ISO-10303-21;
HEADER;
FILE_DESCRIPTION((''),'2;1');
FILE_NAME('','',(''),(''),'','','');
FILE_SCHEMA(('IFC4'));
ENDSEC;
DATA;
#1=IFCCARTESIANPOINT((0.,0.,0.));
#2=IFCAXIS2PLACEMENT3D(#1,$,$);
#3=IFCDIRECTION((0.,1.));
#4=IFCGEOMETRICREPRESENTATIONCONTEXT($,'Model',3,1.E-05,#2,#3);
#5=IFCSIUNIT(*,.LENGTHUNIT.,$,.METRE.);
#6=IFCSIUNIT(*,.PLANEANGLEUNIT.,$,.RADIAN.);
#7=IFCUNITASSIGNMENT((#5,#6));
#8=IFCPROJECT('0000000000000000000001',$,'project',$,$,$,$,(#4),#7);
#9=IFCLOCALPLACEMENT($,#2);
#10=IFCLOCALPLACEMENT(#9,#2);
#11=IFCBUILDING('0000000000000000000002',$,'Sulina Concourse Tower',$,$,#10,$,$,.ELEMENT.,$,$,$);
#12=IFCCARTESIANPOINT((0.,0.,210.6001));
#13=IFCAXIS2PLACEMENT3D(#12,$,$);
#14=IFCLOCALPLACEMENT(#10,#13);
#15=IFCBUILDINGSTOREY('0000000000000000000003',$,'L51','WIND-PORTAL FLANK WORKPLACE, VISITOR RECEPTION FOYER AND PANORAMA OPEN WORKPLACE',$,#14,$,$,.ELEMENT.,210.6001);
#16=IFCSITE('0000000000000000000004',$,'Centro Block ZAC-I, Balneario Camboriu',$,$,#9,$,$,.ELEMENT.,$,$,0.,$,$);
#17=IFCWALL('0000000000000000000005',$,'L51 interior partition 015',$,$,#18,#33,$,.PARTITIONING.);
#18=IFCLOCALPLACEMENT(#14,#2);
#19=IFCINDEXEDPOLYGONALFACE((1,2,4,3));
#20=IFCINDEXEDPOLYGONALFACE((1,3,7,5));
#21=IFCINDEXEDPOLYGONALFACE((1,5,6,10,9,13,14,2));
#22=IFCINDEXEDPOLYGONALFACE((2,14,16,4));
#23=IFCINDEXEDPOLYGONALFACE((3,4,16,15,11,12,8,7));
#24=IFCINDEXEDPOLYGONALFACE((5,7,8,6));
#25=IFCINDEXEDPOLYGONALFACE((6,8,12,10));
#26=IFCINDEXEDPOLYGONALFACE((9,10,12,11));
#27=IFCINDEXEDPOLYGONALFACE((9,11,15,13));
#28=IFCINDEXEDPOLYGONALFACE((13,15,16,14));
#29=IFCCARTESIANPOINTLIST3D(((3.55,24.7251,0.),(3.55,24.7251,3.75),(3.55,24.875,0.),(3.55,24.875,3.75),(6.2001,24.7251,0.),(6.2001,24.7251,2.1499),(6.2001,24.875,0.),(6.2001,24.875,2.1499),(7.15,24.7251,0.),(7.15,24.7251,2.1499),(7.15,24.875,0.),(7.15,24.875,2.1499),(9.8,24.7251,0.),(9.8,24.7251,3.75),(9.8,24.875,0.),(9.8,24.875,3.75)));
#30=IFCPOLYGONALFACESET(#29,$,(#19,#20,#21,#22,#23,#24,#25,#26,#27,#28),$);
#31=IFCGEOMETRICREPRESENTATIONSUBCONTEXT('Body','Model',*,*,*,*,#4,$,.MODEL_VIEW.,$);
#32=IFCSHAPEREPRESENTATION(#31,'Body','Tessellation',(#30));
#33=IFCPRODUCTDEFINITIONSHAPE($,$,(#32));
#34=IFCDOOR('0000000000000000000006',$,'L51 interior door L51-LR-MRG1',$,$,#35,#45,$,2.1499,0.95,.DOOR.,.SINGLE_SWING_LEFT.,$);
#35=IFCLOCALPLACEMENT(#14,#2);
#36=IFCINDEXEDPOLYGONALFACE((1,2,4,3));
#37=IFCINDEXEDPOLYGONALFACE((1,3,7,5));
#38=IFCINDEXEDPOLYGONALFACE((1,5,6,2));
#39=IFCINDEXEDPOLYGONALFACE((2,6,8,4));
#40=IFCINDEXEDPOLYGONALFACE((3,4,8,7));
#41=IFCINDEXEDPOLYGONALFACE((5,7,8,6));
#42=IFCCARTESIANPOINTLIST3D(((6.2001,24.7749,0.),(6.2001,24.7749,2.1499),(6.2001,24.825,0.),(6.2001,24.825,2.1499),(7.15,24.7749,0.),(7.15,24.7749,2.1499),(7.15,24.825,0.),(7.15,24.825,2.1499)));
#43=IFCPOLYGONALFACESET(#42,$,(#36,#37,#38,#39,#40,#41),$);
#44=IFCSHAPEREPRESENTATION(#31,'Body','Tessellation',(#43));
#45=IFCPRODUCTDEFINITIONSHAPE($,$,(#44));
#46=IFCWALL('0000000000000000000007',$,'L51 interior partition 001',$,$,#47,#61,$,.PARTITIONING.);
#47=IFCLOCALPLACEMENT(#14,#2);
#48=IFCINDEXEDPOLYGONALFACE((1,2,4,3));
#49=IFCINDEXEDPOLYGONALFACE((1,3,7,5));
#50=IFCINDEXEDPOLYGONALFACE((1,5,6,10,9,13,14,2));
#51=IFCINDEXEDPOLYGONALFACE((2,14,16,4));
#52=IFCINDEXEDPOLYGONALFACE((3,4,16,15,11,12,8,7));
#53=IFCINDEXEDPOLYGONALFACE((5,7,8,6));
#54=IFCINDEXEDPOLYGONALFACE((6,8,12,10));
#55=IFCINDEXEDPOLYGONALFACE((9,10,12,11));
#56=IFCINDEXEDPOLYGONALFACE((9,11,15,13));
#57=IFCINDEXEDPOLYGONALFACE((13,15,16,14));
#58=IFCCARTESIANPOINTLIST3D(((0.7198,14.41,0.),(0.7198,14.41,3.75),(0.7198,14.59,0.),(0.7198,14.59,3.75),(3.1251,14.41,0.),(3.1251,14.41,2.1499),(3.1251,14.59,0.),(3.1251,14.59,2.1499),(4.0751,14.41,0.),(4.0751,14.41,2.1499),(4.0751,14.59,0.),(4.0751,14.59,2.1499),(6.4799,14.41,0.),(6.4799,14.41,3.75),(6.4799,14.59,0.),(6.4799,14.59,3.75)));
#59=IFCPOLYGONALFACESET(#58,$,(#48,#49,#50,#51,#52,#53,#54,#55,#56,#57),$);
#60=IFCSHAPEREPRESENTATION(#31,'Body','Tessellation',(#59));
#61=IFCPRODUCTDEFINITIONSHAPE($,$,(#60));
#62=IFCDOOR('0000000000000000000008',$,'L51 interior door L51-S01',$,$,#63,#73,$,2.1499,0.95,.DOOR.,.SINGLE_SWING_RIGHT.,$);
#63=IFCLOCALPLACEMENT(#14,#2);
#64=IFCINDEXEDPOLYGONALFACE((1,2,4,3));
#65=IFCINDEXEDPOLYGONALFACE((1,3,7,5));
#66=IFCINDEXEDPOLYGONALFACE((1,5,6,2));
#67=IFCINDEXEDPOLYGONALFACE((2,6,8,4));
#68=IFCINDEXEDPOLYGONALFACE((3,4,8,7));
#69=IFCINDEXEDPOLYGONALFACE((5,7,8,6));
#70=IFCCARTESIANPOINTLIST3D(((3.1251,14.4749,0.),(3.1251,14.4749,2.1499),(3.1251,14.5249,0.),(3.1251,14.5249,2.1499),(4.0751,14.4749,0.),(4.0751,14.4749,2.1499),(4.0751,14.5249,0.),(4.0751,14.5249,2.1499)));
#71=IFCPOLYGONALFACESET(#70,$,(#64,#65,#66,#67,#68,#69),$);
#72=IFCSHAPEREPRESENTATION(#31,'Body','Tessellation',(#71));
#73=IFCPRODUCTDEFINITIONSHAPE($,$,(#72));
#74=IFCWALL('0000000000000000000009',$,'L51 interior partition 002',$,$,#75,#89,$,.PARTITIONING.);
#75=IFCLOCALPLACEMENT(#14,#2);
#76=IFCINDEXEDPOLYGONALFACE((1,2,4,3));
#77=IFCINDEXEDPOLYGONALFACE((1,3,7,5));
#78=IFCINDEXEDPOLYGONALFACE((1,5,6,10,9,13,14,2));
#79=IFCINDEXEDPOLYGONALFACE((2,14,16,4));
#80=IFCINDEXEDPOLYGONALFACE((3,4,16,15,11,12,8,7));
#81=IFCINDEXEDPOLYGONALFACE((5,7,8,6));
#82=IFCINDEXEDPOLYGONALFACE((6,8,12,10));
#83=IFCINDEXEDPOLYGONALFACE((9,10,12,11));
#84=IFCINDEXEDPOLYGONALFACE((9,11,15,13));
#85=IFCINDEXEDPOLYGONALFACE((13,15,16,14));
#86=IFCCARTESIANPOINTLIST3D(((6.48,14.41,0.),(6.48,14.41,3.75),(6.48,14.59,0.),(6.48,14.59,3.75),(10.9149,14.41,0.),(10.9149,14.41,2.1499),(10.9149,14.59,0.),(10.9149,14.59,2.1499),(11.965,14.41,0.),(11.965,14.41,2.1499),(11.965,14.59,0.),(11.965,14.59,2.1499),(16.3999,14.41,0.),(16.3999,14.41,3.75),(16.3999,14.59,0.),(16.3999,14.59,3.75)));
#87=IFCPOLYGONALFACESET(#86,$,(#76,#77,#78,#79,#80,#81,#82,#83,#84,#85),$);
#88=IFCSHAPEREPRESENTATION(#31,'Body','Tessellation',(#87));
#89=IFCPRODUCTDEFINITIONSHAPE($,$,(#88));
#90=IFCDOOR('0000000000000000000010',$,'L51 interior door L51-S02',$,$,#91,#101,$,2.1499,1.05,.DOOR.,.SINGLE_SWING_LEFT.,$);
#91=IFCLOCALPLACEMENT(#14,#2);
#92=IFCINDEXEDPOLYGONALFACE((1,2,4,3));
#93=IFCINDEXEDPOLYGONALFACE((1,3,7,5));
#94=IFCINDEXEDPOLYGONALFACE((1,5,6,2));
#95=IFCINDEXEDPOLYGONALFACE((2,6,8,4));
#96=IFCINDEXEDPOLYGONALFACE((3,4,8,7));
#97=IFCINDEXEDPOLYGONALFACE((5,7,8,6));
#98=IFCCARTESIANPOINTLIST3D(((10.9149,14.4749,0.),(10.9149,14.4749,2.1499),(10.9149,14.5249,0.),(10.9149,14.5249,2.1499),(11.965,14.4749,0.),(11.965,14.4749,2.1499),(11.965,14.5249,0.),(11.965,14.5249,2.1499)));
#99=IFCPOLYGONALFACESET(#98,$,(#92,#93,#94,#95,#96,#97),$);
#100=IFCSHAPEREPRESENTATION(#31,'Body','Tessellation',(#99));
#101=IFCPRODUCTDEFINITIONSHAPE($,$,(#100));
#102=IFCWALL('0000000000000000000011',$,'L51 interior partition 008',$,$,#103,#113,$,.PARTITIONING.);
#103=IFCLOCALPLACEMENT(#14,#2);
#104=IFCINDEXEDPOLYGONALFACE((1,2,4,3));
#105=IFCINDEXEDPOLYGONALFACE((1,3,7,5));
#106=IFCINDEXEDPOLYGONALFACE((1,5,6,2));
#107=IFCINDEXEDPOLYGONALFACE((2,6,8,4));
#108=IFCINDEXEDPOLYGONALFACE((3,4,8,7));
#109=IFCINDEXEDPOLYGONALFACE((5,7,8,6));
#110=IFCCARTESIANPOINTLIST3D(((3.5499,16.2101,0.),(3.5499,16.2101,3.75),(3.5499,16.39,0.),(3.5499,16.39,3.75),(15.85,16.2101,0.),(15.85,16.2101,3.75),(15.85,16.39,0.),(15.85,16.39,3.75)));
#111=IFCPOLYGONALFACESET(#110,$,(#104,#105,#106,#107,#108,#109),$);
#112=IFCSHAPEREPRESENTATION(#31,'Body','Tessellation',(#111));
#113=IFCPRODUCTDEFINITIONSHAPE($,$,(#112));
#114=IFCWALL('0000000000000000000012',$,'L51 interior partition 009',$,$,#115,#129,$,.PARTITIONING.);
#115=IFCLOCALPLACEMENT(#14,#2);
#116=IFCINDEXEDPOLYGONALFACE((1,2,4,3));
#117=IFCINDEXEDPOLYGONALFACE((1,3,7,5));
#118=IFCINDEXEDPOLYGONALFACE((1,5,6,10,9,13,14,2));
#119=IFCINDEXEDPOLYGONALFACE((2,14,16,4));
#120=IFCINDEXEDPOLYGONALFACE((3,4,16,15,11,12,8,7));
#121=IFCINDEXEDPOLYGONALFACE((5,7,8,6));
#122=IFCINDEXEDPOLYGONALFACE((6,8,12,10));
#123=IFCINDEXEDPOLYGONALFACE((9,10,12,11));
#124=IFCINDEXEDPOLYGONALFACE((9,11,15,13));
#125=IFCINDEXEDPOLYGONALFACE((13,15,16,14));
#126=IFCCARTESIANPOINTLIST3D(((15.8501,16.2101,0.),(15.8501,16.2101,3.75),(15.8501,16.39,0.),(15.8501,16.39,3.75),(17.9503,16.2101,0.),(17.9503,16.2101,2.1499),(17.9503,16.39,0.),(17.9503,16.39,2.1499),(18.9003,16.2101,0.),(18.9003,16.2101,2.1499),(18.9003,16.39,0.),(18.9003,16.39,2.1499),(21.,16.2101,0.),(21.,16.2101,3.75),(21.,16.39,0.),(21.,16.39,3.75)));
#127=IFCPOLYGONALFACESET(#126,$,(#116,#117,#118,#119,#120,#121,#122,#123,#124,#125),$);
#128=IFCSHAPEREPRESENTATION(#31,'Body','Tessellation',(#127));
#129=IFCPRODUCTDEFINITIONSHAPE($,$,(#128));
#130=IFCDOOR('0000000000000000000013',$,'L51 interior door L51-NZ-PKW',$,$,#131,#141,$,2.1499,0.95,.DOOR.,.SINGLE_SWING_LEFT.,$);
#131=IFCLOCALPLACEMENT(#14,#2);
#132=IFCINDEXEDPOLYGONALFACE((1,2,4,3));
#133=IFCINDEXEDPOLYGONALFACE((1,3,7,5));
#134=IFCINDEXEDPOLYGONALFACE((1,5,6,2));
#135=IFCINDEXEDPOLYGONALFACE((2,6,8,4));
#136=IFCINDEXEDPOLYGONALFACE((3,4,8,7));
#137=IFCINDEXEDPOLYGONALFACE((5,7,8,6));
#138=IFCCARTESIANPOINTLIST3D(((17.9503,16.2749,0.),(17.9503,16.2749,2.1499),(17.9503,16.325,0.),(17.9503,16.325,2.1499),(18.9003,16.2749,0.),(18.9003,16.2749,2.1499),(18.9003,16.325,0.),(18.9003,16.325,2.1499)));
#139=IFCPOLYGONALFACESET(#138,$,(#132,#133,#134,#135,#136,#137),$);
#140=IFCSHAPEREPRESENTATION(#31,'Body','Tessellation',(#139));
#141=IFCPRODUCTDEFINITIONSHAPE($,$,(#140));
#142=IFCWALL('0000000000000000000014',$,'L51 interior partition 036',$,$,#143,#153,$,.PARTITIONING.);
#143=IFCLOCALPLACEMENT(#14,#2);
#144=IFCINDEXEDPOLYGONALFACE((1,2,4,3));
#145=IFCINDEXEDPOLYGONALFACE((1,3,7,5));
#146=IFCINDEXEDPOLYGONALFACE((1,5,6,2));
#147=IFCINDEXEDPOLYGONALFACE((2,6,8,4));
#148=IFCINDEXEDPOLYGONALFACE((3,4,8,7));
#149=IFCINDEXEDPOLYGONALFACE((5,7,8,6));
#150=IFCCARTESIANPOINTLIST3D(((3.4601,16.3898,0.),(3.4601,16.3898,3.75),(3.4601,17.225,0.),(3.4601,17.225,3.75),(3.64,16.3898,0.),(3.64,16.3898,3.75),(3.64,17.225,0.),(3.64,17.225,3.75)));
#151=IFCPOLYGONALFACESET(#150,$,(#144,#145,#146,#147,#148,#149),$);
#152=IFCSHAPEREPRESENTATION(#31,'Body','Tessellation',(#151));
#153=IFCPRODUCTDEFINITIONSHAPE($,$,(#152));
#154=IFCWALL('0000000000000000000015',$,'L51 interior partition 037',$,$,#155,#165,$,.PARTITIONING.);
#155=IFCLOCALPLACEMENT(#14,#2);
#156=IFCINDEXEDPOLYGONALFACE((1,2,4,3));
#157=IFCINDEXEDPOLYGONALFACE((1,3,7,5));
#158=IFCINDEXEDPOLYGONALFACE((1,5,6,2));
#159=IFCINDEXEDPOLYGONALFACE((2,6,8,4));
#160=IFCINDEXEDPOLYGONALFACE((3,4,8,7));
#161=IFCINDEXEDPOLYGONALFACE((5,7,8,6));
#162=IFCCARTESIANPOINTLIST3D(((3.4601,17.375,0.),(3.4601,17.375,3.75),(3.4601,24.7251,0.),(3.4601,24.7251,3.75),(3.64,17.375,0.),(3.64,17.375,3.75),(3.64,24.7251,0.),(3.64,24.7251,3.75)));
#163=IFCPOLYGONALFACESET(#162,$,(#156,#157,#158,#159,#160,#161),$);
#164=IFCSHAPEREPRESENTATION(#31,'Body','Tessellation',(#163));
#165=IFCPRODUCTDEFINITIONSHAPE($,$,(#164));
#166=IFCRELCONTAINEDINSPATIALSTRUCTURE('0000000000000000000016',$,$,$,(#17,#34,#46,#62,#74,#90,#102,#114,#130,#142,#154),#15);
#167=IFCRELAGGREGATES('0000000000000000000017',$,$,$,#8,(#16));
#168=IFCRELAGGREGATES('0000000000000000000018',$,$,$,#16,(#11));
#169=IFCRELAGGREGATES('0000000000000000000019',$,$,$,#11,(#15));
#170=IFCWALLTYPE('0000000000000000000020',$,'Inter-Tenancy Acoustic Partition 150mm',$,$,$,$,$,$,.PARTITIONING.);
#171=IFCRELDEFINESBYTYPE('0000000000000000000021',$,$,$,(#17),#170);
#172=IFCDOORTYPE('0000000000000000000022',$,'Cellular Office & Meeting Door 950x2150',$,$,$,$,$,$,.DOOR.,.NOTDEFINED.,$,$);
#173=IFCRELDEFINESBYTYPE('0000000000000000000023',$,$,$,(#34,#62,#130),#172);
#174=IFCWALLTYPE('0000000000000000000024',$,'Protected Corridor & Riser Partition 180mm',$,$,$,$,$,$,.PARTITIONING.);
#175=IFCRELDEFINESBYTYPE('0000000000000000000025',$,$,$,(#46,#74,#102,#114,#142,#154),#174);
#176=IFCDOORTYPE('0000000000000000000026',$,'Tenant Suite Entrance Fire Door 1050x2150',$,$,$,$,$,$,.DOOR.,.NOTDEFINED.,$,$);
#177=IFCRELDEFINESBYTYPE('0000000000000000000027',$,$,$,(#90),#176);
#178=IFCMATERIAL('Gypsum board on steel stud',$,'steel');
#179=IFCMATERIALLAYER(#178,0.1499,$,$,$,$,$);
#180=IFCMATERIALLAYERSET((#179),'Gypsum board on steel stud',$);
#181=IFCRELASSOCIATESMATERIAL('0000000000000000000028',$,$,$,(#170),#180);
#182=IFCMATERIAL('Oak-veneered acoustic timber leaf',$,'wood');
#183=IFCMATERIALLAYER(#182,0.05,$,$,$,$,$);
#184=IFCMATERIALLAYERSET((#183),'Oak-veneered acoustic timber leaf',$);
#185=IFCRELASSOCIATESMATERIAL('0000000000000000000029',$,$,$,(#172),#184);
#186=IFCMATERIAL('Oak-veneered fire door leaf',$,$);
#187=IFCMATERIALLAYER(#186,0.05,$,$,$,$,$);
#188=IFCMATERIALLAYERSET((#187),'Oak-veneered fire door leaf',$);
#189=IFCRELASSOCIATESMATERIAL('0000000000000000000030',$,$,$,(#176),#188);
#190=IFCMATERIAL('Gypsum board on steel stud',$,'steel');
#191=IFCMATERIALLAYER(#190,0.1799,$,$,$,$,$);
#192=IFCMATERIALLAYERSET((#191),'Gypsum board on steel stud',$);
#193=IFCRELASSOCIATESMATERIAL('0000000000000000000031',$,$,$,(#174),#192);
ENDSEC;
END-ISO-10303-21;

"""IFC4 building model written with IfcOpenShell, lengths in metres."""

from ifc_helpers import new_model, si_unit, direction, frame, frame_2d, origin, place, context, subcontext, project, spatial, rectangle, extrude, material, layer, layer_set, type_object, element, fill, save


model = new_model("IFC4")

# Units and contexts
model_context = context("Model", 3, precision=1e-05, world=origin(), true_north=direction((0.0, 1.0)))
body_context = subcontext(model_context, "Body", "Model", "MODEL_VIEW")
ifc_project = project(units=[si_unit("LENGTHUNIT", "METRE"), si_unit("PLANEANGLEUNIT", "RADIAN")], contexts=[model_context])

# Site, building, storey
site_placement = place(None, origin())
site = spatial("IfcSite", under=ifc_project, at=site_placement, Name="Centro Block ZAC-I, Balneario Camboriu", CompositionType="ELEMENT", RefElevation=0.0)
building_placement = place(site_placement, origin())
building = spatial("IfcBuilding", under=site, at=building_placement, Name="Sulina Concourse Tower", CompositionType="ELEMENT")
storey_placement = place(building_placement, frame((0.0, 0.0, 210.6001)))
storey = spatial("IfcBuildingStorey", under=building, at=storey_placement, Name="L51", Description="WIND-PORTAL FLANK WORKPLACE, VISITOR RECEPTION FOYER AND PANORAMA OPEN WORKPLACE", CompositionType="ELEMENT", Elevation=210.6001)

# Shared definitions
ifc_material_1 = material(Name="Gypsum board on steel stud", Category="steel")
ifc_layer_1 = layer(ifc_material_1, 0.1499)
ifc_layer_set_1 = layer_set([ifc_layer_1], Name="Gypsum board on steel stud")
wall_type_1 = type_object("IfcWallType", Name="Inter-Tenancy Acoustic Partition 150mm", PredefinedType="PARTITIONING", material=ifc_layer_set_1)

# Walls, openings, doors
wall_1_placement = place(storey_placement, frame((3.55, 24.8, 0.0), z_axis=(0.0, 0.0, 1.0), x_axis=(1.0, 0.0, 0.0)))
wall_1 = element("IfcWall", 1, at=wall_1_placement, inside=storey, type_object=wall_type_1, Name="L51 interior partition 015", PredefinedType="PARTITIONING", context=body_context, shape_type="SweptSolid", body=[
    extrude(rectangle(XDim=6.25, YDim=0.1499, at=frame_2d((3.125, 0.0))), origin(), (0.0, 0.0, 1.0), 3.75),
])
opening_1_placement = place(wall_1_placement, frame((2.6499, 0.0, 0.0)))
opening_1 = element("IfcOpeningElement", 2, at=opening_1_placement, cuts=wall_1, PredefinedType="OPENING", context=body_context, shape_type="SweptSolid", body=[
    extrude(rectangle(XDim=0.95, YDim=2.1499, at=frame_2d((0.4751, 1.075))), frame((0.0, 0.085, 0.0), z_axis=(0.0, -1.0, 0.0), x_axis=(1.0, 0.0, 0.0)), (0.0, 0.0, 1.0), 0.1699),
])
ifc_material_2 = material(Name="Oak-veneered acoustic timber leaf", Category="wood")
ifc_layer_2 = layer(ifc_material_2, 0.05)
ifc_layer_set_2 = layer_set([ifc_layer_2], Name="Oak-veneered acoustic timber leaf")
door_type_1 = type_object("IfcDoorType", Name="Cellular Office & Meeting Door 950x2150", OperationType="NOTDEFINED", PredefinedType="DOOR", material=ifc_layer_set_2)
door_1_placement = place(opening_1_placement, origin())
door_1 = element("IfcDoor", 3, at=door_1_placement, inside=storey, type_object=door_type_1, Name="L51 interior door L51-LR-MRG1", OperationType="SINGLE_SWING_LEFT", OverallHeight=2.1499, OverallWidth=0.95, PredefinedType="DOOR", context=body_context, shape_type="SweptSolid", body=[
    extrude(rectangle(XDim=0.95, YDim=2.1499, at=frame_2d((0.4751, 1.075))), frame((0.0, 0.0249, 0.0), z_axis=(0.0, -1.0, 0.0), x_axis=(1.0, 0.0, 0.0)), (0.0, 0.0, 1.0), 0.05),
])
fill(opening_1, door_1)
ifc_material_3 = material(Name="Oak-veneered fire door leaf")
ifc_layer_3 = layer(ifc_material_3, 0.05)
ifc_layer_set_3 = layer_set([ifc_layer_3], Name="Oak-veneered fire door leaf")
door_type_2 = type_object("IfcDoorType", Name="Tenant Suite Entrance Fire Door 1050x2150", OperationType="NOTDEFINED", PredefinedType="DOOR", material=ifc_layer_set_3)
ifc_material_4 = material(Name="Gypsum board on steel stud", Category="steel")
ifc_layer_4 = layer(ifc_material_4, 0.1799)
ifc_layer_set_4 = layer_set([ifc_layer_4], Name="Gypsum board on steel stud")
wall_type_2 = type_object("IfcWallType", Name="Protected Corridor & Riser Partition 180mm", PredefinedType="PARTITIONING", material=ifc_layer_set_4)
wall_2_placement = place(storey_placement, frame((0.72, 14.5, 0.0), z_axis=(0.0, 0.0, 1.0), x_axis=(1.0, 0.0, 0.0)))
wall_2 = element("IfcWall", 4, at=wall_2_placement, inside=storey, type_object=wall_type_2, Name="L51 interior partition 001", PredefinedType="PARTITIONING", context=body_context, shape_type="SweptSolid", body=[
    extrude(rectangle(XDim=5.76, YDim=0.1799, at=frame_2d((2.8799, 0.0))), origin(), (0.0, 0.0, 1.0), 3.75),
])
opening_2_placement = place(wall_2_placement, frame((2.405, 0.0, 0.0)))
opening_2 = element("IfcOpeningElement", 5, at=opening_2_placement, cuts=wall_2, PredefinedType="OPENING", context=body_context, shape_type="SweptSolid", body=[
    extrude(rectangle(XDim=0.95, YDim=2.1499, at=frame_2d((0.4751, 1.075))), frame((0.0, 0.0999, 0.0), z_axis=(0.0, -1.0, 0.0), x_axis=(1.0, 0.0, 0.0)), (0.0, 0.0, 1.0), 0.2),
])
door_2_placement = place(opening_2_placement, origin())
door_2 = element("IfcDoor", 6, at=door_2_placement, inside=storey, type_object=door_type_1, Name="L51 interior door L51-S01", OperationType="SINGLE_SWING_RIGHT", OverallHeight=2.1499, OverallWidth=0.95, PredefinedType="DOOR", context=body_context, shape_type="SweptSolid", body=[
    extrude(rectangle(XDim=0.95, YDim=2.1499, at=frame_2d((0.4751, 1.075))), frame((0.0, 0.0249, 0.0), z_axis=(0.0, -1.0, 0.0), x_axis=(1.0, 0.0, 0.0)), (0.0, 0.0, 1.0), 0.05),
])
fill(opening_2, door_2)
wall_3_placement = place(storey_placement, frame((6.48, 14.5, 0.0), z_axis=(0.0, 0.0, 1.0), x_axis=(1.0, 0.0, 0.0)))
wall_3 = element("IfcWall", 7, at=wall_3_placement, inside=storey, type_object=wall_type_2, Name="L51 interior partition 002", PredefinedType="PARTITIONING", context=body_context, shape_type="SweptSolid", body=[
    extrude(rectangle(XDim=9.9199, YDim=0.1799, at=frame_2d((4.96, 0.0))), origin(), (0.0, 0.0, 1.0), 3.75),
])
opening_3_placement = place(wall_3_placement, frame((4.4351, 0.0, 0.0)))
opening_3 = element("IfcOpeningElement", 8, at=opening_3_placement, cuts=wall_3, PredefinedType="OPENING", context=body_context, shape_type="SweptSolid", body=[
    extrude(rectangle(XDim=1.05, YDim=2.1499, at=frame_2d((0.5249, 1.075))), frame((0.0, 0.0999, 0.0), z_axis=(0.0, -1.0, 0.0), x_axis=(1.0, 0.0, 0.0)), (0.0, 0.0, 1.0), 0.2),
])
door_3_placement = place(opening_3_placement, origin())
door_3 = element("IfcDoor", 9, at=door_3_placement, inside=storey, type_object=door_type_2, Name="L51 interior door L51-S02", OperationType="SINGLE_SWING_LEFT", OverallHeight=2.1499, OverallWidth=1.05, PredefinedType="DOOR", context=body_context, shape_type="SweptSolid", body=[
    extrude(rectangle(XDim=1.05, YDim=2.1499, at=frame_2d((0.5249, 1.075))), frame((0.0, 0.0249, 0.0), z_axis=(0.0, -1.0, 0.0), x_axis=(1.0, 0.0, 0.0)), (0.0, 0.0, 1.0), 0.05),
])
fill(opening_3, door_3)

# Wall
wall_4_placement = place(storey_placement, frame((3.55, 16.3, 0.0), z_axis=(0.0, 0.0, 1.0), x_axis=(1.0, 0.0, 0.0)))
element("IfcWall", 10, at=wall_4_placement, inside=storey, type_object=wall_type_2, Name="L51 interior partition 008", PredefinedType="PARTITIONING", context=body_context, shape_type="SweptSolid", body=[
    extrude(rectangle(XDim=12.3, YDim=0.1799, at=frame_2d((6.1499, 0.0))), origin(), (0.0, 0.0, 1.0), 3.75),
])

# Wall, opening, door
wall_5_placement = place(storey_placement, frame((15.8501, 16.3, 0.0), z_axis=(0.0, 0.0, 1.0), x_axis=(1.0, 0.0, 0.0)))
wall_5 = element("IfcWall", 11, at=wall_5_placement, inside=storey, type_object=wall_type_2, Name="L51 interior partition 009", PredefinedType="PARTITIONING", context=body_context, shape_type="SweptSolid", body=[
    extrude(rectangle(XDim=5.1499, YDim=0.1799, at=frame_2d((2.575, 0.0))), origin(), (0.0, 0.0, 1.0), 3.75),
])
opening_4_placement = place(wall_5_placement, frame((2.1001, 0.0, 0.0)))
opening_4 = element("IfcOpeningElement", 12, at=opening_4_placement, cuts=wall_5, PredefinedType="OPENING", context=body_context, shape_type="SweptSolid", body=[
    extrude(rectangle(XDim=0.95, YDim=2.1499, at=frame_2d((0.4751, 1.075))), frame((0.0, 0.0999, 0.0), z_axis=(0.0, -1.0, 0.0), x_axis=(1.0, 0.0, 0.0)), (0.0, 0.0, 1.0), 0.2),
])
door_4_placement = place(opening_4_placement, origin())
door_4 = element("IfcDoor", 13, at=door_4_placement, inside=storey, type_object=door_type_1, Name="L51 interior door L51-NZ-PKW", OperationType="SINGLE_SWING_LEFT", OverallHeight=2.1499, OverallWidth=0.95, PredefinedType="DOOR", context=body_context, shape_type="SweptSolid", body=[
    extrude(rectangle(XDim=0.95, YDim=2.1499, at=frame_2d((0.4751, 1.075))), frame((0.0, 0.0249, 0.0), z_axis=(0.0, -1.0, 0.0), x_axis=(1.0, 0.0, 0.0)), (0.0, 0.0, 1.0), 0.05),
])
fill(opening_4, door_4)

# Walls
wall_6_placement = place(storey_placement, frame((3.55, 16.3899, 0.0), z_axis=(0.0, 0.0, 1.0), x_axis=(0.0, 1.0, 0.0)))
element("IfcWall", 14, at=wall_6_placement, inside=storey, type_object=wall_type_2, Name="L51 interior partition 036", PredefinedType="PARTITIONING", context=body_context, shape_type="SweptSolid", body=[
    extrude(rectangle(XDim=0.8352, YDim=0.1799, at=frame_2d((0.4175, 0.0))), origin(), (0.0, 0.0, 1.0), 3.75),
])
wall_7_placement = place(storey_placement, frame((3.55, 17.375, 0.0), z_axis=(0.0, 0.0, 1.0), x_axis=(0.0, 1.0, 0.0)))
element("IfcWall", 15, at=wall_7_placement, inside=storey, type_object=wall_type_2, Name="L51 interior partition 037", PredefinedType="PARTITIONING", context=body_context, shape_type="SweptSolid", body=[
    extrude(rectangle(XDim=7.3501, YDim=0.1799, at=frame_2d((3.675, 0.0))), origin(), (0.0, 0.0, 1.0), 3.75),
])

save(model, "model.ifc")
